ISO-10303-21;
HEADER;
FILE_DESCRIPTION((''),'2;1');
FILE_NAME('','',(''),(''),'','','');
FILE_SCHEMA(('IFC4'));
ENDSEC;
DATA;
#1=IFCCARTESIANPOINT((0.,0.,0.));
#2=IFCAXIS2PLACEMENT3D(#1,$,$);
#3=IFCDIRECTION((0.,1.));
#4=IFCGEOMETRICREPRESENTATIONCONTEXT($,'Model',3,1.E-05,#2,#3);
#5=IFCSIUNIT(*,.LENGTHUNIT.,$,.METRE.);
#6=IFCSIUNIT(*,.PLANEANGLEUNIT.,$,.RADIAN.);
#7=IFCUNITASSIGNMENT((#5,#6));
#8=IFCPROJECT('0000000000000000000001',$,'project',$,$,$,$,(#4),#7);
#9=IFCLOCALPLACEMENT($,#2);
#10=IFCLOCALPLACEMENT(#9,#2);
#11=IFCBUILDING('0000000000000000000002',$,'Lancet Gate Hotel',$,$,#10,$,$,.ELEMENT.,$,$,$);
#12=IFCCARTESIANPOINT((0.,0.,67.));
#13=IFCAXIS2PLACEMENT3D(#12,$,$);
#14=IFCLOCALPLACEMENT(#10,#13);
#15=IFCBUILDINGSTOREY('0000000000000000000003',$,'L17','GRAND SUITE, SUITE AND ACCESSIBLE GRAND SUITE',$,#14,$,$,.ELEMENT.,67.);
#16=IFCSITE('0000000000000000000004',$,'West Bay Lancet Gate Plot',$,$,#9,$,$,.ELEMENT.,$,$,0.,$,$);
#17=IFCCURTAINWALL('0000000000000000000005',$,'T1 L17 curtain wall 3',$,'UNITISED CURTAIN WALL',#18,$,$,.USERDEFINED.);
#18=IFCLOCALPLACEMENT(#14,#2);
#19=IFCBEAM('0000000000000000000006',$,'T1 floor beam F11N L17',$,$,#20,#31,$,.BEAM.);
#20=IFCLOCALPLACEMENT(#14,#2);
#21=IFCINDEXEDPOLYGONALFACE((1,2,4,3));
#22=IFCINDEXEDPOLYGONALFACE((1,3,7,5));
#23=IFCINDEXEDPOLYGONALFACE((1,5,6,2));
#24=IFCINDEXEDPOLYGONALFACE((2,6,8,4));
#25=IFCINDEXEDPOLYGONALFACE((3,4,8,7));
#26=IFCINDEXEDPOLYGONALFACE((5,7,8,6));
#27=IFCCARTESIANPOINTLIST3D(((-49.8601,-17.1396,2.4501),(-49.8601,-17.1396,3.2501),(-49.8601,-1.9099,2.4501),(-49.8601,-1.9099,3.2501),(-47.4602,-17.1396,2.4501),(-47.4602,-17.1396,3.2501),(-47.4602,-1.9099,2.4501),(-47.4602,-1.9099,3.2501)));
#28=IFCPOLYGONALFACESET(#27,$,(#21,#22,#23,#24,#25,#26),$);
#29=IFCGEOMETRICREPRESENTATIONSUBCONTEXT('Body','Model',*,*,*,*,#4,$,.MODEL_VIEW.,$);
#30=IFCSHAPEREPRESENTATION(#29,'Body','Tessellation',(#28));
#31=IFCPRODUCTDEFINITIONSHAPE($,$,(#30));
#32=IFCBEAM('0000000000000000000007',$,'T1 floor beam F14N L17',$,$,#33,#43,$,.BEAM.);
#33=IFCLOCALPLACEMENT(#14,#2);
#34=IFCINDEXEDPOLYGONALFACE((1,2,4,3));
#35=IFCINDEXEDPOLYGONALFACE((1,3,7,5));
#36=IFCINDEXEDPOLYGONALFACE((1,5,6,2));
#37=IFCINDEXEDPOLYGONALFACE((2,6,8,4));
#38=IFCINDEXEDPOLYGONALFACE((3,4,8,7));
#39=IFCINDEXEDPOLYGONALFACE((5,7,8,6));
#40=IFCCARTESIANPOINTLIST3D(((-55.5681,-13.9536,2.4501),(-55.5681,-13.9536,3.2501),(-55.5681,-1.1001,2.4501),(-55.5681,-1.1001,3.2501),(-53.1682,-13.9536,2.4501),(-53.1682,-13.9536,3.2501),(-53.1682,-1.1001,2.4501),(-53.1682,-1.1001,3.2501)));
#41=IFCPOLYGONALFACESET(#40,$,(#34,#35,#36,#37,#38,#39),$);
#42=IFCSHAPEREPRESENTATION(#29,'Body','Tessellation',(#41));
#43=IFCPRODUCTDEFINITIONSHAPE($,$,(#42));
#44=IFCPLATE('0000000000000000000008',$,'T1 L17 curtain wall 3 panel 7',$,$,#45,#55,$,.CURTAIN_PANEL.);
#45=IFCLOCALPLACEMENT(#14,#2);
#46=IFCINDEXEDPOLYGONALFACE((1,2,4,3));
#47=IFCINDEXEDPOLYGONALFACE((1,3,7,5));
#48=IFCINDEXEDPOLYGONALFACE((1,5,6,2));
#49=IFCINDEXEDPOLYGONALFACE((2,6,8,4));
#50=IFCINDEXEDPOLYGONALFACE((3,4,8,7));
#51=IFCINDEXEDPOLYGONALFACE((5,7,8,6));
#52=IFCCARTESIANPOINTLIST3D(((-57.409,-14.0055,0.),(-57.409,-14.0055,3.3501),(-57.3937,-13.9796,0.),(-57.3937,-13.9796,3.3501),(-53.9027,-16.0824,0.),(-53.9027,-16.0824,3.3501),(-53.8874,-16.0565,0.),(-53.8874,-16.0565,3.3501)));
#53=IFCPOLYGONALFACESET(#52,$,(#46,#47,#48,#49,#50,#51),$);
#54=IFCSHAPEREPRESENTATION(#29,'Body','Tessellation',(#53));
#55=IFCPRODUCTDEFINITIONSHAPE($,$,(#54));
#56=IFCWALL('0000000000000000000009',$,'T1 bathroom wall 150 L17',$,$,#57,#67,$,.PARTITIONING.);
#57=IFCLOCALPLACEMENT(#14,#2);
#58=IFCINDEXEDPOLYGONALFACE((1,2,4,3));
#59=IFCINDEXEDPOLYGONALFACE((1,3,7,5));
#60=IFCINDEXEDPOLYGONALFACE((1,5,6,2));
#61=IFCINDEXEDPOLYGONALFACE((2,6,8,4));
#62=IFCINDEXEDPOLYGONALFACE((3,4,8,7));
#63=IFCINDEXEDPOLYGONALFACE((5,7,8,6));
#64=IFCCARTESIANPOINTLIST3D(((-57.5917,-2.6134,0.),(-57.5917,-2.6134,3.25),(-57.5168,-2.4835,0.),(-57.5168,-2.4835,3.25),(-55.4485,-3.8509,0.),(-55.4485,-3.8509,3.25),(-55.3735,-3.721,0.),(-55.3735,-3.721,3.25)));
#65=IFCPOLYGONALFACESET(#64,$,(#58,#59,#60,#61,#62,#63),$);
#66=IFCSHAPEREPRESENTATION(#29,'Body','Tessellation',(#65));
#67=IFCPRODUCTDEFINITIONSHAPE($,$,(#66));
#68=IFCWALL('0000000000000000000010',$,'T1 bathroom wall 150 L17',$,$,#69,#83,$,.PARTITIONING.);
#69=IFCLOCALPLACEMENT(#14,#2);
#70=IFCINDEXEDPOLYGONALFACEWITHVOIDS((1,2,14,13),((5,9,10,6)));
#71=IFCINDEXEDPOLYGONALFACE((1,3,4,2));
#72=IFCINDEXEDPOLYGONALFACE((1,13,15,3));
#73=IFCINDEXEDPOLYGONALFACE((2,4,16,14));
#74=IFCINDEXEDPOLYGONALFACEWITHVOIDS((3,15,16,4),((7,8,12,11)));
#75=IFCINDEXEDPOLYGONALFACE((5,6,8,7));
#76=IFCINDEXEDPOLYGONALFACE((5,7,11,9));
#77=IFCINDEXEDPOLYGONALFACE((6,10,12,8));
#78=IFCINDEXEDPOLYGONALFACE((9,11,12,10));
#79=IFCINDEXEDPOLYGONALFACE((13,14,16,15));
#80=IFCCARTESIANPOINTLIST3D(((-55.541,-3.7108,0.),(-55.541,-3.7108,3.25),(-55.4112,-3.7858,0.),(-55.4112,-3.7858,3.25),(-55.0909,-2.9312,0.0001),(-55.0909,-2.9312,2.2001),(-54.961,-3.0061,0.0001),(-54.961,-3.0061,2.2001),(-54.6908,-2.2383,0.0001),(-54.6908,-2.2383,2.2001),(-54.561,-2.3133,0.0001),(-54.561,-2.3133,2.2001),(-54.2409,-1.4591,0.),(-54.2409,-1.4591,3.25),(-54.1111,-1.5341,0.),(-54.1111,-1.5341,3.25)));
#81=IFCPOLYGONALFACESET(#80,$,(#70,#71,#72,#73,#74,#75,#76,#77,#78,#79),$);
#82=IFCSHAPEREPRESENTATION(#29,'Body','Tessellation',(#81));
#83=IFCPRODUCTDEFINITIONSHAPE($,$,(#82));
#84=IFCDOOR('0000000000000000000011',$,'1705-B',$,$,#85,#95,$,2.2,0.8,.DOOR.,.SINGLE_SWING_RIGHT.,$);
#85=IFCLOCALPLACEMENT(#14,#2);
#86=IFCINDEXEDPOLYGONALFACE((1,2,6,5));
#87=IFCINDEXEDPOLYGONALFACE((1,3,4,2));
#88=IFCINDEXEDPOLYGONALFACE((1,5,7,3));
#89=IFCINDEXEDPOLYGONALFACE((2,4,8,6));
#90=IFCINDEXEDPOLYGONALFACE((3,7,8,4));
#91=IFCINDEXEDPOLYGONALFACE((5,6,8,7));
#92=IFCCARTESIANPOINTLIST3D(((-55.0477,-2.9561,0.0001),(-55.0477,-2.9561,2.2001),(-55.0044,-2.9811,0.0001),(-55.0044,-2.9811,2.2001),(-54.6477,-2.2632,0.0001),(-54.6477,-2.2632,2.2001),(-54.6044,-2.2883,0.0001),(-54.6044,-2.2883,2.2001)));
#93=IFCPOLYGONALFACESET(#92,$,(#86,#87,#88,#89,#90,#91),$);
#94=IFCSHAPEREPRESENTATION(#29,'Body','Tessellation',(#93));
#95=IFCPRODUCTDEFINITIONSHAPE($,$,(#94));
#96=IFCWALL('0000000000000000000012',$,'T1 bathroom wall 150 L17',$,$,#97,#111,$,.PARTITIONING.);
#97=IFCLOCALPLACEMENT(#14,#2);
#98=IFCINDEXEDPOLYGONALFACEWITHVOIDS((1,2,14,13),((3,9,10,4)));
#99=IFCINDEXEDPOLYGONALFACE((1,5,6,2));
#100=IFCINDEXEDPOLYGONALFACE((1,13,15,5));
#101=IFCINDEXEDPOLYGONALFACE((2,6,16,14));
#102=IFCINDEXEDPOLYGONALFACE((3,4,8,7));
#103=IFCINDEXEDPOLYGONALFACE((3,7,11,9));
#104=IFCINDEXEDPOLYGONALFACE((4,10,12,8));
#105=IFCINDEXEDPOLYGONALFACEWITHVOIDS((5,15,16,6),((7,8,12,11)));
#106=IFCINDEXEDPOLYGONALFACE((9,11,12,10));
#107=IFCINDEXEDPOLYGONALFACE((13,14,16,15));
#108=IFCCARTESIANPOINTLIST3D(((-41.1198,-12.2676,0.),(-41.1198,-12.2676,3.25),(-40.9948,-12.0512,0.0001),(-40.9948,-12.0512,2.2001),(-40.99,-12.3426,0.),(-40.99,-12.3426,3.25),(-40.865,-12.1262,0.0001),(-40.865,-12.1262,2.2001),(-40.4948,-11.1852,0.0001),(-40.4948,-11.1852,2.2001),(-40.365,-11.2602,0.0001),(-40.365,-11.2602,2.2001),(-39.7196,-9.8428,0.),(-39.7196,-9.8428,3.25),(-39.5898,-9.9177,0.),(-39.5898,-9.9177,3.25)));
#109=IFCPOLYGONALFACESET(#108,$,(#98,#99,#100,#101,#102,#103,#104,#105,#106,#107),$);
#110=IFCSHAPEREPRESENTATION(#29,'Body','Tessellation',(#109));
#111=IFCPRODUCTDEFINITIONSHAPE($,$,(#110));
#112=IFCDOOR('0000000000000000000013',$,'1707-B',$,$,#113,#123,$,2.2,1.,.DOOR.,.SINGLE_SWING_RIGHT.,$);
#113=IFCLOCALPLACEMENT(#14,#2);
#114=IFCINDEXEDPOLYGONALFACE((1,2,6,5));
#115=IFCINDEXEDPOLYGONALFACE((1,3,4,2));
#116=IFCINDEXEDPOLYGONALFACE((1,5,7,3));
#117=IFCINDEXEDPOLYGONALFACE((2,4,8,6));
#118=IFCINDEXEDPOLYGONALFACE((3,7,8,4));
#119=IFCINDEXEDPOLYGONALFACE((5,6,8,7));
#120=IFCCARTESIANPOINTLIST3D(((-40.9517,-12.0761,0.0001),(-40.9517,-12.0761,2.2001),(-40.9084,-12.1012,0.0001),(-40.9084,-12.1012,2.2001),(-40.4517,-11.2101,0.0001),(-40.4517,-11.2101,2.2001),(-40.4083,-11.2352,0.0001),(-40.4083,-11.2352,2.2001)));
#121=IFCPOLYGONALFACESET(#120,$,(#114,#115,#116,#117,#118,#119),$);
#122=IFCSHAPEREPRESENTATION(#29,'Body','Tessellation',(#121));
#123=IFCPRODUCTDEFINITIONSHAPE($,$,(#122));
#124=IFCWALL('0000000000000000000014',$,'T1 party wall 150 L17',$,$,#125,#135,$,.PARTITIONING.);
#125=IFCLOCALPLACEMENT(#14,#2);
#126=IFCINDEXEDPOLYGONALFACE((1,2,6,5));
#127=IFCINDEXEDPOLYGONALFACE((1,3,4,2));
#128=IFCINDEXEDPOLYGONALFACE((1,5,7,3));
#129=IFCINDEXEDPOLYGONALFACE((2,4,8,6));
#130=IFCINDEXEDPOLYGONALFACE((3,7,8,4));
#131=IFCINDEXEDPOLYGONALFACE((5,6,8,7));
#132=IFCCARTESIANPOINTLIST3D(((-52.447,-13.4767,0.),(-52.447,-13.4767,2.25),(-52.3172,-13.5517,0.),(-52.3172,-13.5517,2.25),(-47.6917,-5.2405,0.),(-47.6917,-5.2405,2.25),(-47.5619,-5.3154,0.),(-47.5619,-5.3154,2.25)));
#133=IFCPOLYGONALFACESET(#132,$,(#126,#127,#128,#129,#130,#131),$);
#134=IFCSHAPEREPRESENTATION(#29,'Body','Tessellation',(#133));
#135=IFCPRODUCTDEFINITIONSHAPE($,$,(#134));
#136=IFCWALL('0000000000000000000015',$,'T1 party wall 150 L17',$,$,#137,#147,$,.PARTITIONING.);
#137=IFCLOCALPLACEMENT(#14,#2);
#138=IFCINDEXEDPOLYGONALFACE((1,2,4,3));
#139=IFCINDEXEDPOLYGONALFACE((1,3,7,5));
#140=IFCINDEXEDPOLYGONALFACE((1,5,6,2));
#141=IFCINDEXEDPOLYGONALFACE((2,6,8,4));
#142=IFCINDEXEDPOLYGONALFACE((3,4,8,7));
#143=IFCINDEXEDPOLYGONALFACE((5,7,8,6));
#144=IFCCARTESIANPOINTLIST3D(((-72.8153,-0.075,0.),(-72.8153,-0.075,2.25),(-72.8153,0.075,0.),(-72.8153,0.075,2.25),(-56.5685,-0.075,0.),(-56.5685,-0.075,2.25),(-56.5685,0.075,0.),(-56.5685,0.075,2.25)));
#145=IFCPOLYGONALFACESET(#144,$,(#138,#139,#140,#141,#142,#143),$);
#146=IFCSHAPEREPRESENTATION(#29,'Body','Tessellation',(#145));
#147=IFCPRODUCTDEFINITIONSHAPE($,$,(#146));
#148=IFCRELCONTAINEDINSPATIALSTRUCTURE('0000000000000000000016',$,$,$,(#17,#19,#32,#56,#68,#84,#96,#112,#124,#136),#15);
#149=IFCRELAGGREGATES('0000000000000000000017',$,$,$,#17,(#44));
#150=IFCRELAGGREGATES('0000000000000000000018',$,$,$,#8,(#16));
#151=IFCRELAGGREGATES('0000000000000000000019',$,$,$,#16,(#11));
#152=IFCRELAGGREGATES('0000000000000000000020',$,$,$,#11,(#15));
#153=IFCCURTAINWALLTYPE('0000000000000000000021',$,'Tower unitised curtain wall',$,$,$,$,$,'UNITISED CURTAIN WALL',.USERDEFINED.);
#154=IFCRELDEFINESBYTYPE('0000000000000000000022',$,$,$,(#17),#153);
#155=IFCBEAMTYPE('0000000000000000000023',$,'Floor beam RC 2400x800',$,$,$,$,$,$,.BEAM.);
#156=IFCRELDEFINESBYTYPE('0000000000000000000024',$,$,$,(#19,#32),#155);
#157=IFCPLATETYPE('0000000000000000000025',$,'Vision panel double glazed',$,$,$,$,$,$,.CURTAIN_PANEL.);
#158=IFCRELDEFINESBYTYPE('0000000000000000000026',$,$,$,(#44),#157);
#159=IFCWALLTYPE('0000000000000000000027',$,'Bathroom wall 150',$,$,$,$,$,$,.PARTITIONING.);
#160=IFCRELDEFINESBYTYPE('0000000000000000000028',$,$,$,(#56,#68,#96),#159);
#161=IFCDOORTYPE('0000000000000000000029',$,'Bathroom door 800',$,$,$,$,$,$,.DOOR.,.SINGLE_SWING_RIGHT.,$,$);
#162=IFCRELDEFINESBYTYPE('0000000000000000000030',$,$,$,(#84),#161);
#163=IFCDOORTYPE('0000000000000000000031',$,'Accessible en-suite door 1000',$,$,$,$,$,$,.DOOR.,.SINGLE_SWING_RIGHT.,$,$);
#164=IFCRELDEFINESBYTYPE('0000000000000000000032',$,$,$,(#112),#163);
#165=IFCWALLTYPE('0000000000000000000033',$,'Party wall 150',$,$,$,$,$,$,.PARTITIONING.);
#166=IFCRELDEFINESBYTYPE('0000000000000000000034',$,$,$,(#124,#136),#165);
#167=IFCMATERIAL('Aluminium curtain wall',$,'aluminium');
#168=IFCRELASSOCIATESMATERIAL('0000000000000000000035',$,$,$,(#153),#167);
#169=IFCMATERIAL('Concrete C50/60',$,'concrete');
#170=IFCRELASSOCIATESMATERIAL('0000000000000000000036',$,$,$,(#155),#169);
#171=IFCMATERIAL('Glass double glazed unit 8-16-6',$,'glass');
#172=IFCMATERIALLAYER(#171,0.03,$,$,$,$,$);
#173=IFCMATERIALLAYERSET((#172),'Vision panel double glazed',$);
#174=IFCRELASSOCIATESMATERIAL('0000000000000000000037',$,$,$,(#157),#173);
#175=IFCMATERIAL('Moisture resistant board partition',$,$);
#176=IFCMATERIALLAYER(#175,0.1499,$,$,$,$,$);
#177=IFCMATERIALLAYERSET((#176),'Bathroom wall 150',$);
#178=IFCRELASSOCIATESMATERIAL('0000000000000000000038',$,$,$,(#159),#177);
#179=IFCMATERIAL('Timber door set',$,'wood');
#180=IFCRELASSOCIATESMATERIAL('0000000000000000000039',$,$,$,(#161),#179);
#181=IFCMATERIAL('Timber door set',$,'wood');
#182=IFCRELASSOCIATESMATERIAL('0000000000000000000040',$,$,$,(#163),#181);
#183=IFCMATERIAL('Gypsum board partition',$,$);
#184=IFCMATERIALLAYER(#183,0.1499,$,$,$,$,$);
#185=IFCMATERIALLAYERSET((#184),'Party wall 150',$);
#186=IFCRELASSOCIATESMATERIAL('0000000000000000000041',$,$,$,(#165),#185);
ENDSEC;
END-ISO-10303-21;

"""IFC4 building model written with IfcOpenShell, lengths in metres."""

from ifc_helpers import new_model, si_unit, direction, frame, frame_2d, origin, origin_2d, place, context, subcontext, project, spatial, rectangle, extrude, material, layer, layer_set, material_profile, profile_set, type_object, element, fill, aggregate, save


model = new_model("IFC4")

# Units and contexts
model_context = context("Model", 3, precision=1e-05, world=origin(), true_north=direction((0.0, 1.0)))
body_context = subcontext(model_context, "Body", "Model", "MODEL_VIEW")
ifc_project = project(units=[si_unit("LENGTHUNIT", "METRE"), si_unit("PLANEANGLEUNIT", "RADIAN")], contexts=[model_context])

# Site, building, storey
site_placement = place(None, origin())
site = spatial("IfcSite", under=ifc_project, at=site_placement, Name="West Bay Lancet Gate Plot", CompositionType="ELEMENT", RefElevation=0.0)
building_placement = place(site_placement, origin())
building = spatial("IfcBuilding", under=site, at=building_placement, Name="Lancet Gate Hotel", CompositionType="ELEMENT")
storey_placement = place(building_placement, frame((0.0, 0.0, 67.0)))
storey = spatial("IfcBuildingStorey", under=building, at=storey_placement, Name="L17", Description="GRAND SUITE, SUITE AND ACCESSIBLE GRAND SUITE", CompositionType="ELEMENT", Elevation=67.0)

# Curtain wall
ifc_material_1 = material(Name="Aluminium curtain wall", Category="aluminium")
curtain_wall_type = type_object("IfcCurtainWallType", Name="Tower unitised curtain wall", ElementType="UNITISED CURTAIN WALL", PredefinedType="USERDEFINED", material=ifc_material_1)
curtain_wall_placement = place(storey_placement, origin())
curtain_wall = element("IfcCurtainWall", 1, at=curtain_wall_placement, inside=storey, type_object=curtain_wall_type, Name="T1 L17 curtain wall 3", ObjectType="UNITISED CURTAIN WALL", PredefinedType="USERDEFINED")

# Beams
ifc_material_2 = material(Name="Concrete C50/60", Category="concrete")
ifc_material_profile_1 = material_profile(ifc_material_2, rectangle(XDim=2.3999, YDim=0.8, at=origin_2d()), Name="RC 2400x800")
ifc_profile_set_1 = profile_set([ifc_material_profile_1], Name="Concrete C50/60")
beam_type_1 = type_object("IfcBeamType", Name="Floor beam RC 2400x800", PredefinedType="BEAM", material=ifc_profile_set_1)
beam_1_placement = place(storey_placement, frame((-48.6602, -1.9099, 2.8501), z_axis=(0.0, -1.0, 0.0), x_axis=(1.0, 0.0, 0.0)))
element("IfcBeam", 2, at=beam_1_placement, inside=storey, type_object=beam_type_1, Name="T1 floor beam F11N L17", PredefinedType="BEAM", context=body_context, shape_type="SweptSolid", body=[
    extrude(rectangle(XDim=2.3999, YDim=0.8, at=origin_2d()), origin(), (0.0, 0.0, 1.0), 15.2297),
])
beam_2_placement = place(storey_placement, frame((-54.3682, -1.1001, 2.8501), z_axis=(0.0, -1.0, 0.0), x_axis=(1.0, 0.0, 0.0)))
element("IfcBeam", 3, at=beam_2_placement, inside=storey, type_object=beam_type_1, Name="T1 floor beam F14N L17", PredefinedType="BEAM", context=body_context, shape_type="SweptSolid", body=[
    extrude(rectangle(XDim=2.3999, YDim=0.8, at=origin_2d()), origin(), (0.0, 0.0, 1.0), 12.8535),
])

# Plate
ifc_material_3 = material(Name="Glass double glazed unit 8-16-6", Category="glass")
ifc_layer_1 = layer(ifc_material_3, 0.03)
ifc_layer_set_1 = layer_set([ifc_layer_1], Name="Vision panel double glazed")
plate_type = type_object("IfcPlateType", Name="Vision panel double glazed", PredefinedType="CURTAIN_PANEL", material=ifc_layer_set_1)
plate_placement = place(storey_placement, frame((-55.6482, -15.031, 0.0), z_axis=(0.0, 0.0, 1.0), x_axis=(0.860382, -0.50965, 0.0)))
plate = element("IfcPlate", 4, at=plate_placement, type_object=plate_type, Name="T1 L17 curtain wall 3 panel 7", PredefinedType="CURTAIN_PANEL", context=body_context, shape_type="SweptSolid", body=[
    extrude(rectangle(XDim=4.0752, YDim=0.03, at=origin_2d()), origin(), (0.0, 0.0, 1.0), 3.3501),
])
aggregate(curtain_wall, [plate])

# Wall
ifc_material_4 = material(Name="Moisture resistant board partition")
ifc_layer_2 = layer(ifc_material_4, 0.1499)
ifc_layer_set_2 = layer_set([ifc_layer_2], Name="Bathroom wall 150")
wall_type_1 = type_object("IfcWallType", Name="Bathroom wall 150", PredefinedType="PARTITIONING", material=ifc_layer_set_2)
wall_1_placement = place(storey_placement, frame((-55.4111, -3.7859, 0.0), z_axis=(0.0, 0.0, 1.0), x_axis=(-0.866007, 0.500033, 0.0)))
element("IfcWall", 5, at=wall_1_placement, inside=storey, type_object=wall_type_1, Name="T1 bathroom wall 150 L17", PredefinedType="PARTITIONING", context=body_context, shape_type="SweptSolid", body=[
    extrude(rectangle(XDim=2.4749, YDim=0.1499, at=frame_2d((1.2373, 0.0))), origin(), (0.0, 0.0, 1.0), 3.25),
])

# Walls, openings, doors
wall_2_placement = place(storey_placement, frame((-54.176, -1.4966, 0.0), z_axis=(0.0, 0.0, 1.0), x_axis=(-0.500007, -0.866021, 0.0)))
wall_2 = element("IfcWall", 6, at=wall_2_placement, inside=storey, type_object=wall_type_1, Name="T1 bathroom wall 150 L17", PredefinedType="PARTITIONING", context=body_context, shape_type="SweptSolid", body=[
    extrude(rectangle(XDim=2.6001, YDim=0.1499, at=frame_2d((1.3, 0.0))), origin(), (0.0, 0.0, 1.0), 3.25),
])
opening_1_placement = place(wall_2_placement, frame((0.8999, 0.0, 0.0)))
opening_1 = element("IfcOpeningElement", 7, at=opening_1_placement, cuts=wall_2, PredefinedType="OPENING", context=body_context, shape_type="SweptSolid", body=[
    extrude(rectangle(XDim=0.8, YDim=2.2, at=frame_2d((0.3999, 1.1001))), frame((0.0, 0.085, 0.0), z_axis=(0.0, -1.0, 0.0), x_axis=(1.0, 0.0, 0.0)), (0.0, 0.0, 1.0), 0.1699),
])
ifc_material_5 = material(Name="Timber door set", Category="wood")
door_type_1 = type_object("IfcDoorType", Name="Bathroom door 800", OperationType="SINGLE_SWING_RIGHT", PredefinedType="DOOR", material=ifc_material_5)
door_1_placement = place(opening_1_placement, origin())
door_1 = element("IfcDoor", 8, at=door_1_placement, inside=storey, type_object=door_type_1, Name="1705-B", OperationType="SINGLE_SWING_RIGHT", OverallHeight=2.2, OverallWidth=0.8, PredefinedType="DOOR", context=body_context, shape_type="SweptSolid", body=[
    extrude(rectangle(XDim=0.8, YDim=2.2, at=frame_2d((0.3999, 1.1001))), frame((0.0, 0.0249, 0.0), z_axis=(0.0, -1.0, 0.0), x_axis=(1.0, 0.0, 0.0)), (0.0, 0.0, 1.0), 0.05),
])
fill(opening_1, door_1)
wall_3_placement = place(storey_placement, frame((-39.6548, -9.8804, 0.0), z_axis=(0.0, 0.0, 1.0), x_axis=(-0.50005, -0.865997, 0.0)))
wall_3 = element("IfcWall", 9, at=wall_3_placement, inside=storey, type_object=wall_type_1, Name="T1 bathroom wall 150 L17", PredefinedType="PARTITIONING", context=body_context, shape_type="SweptSolid", body=[
    extrude(rectangle(XDim=2.8, YDim=0.1499, at=frame_2d((1.3999, 0.0))), origin(), (0.0, 0.0, 1.0), 3.25),
])
opening_2_placement = place(wall_3_placement, frame((1.55, 0.0, 0.0)))
opening_2 = element("IfcOpeningElement", 10, at=opening_2_placement, cuts=wall_3, PredefinedType="OPENING", context=body_context, shape_type="SweptSolid", body=[
    extrude(rectangle(XDim=1.0, YDim=2.2, at=frame_2d((0.5, 1.1001))), frame((0.0, 0.085, 0.0), z_axis=(0.0, -1.0, 0.0), x_axis=(1.0, 0.0, 0.0)), (0.0, 0.0, 1.0), 0.1699),
])
ifc_material_6 = material(Name="Timber door set", Category="wood")
door_type_2 = type_object("IfcDoorType", Name="Accessible en-suite door 1000", OperationType="SINGLE_SWING_RIGHT", PredefinedType="DOOR", material=ifc_material_6)
door_2_placement = place(opening_2_placement, origin())
door_2 = element("IfcDoor", 11, at=door_2_placement, inside=storey, type_object=door_type_2, Name="1707-B", OperationType="SINGLE_SWING_RIGHT", OverallHeight=2.2, OverallWidth=1.0, PredefinedType="DOOR", context=body_context, shape_type="SweptSolid", body=[
    extrude(rectangle(XDim=1.0, YDim=2.2, at=frame_2d((0.5, 1.1001))), frame((0.0, 0.0249, 0.0), z_axis=(0.0, -1.0, 0.0), x_axis=(1.0, 0.0, 0.0)), (0.0, 0.0, 1.0), 0.05),
])
fill(opening_2, door_2)

# Walls
ifc_material_7 = material(Name="Gypsum board partition")
ifc_layer_3 = layer(ifc_material_7, 0.1499)
ifc_layer_set_3 = layer_set([ifc_layer_3], Name="Party wall 150")
wall_type_2 = type_object("IfcWallType", Name="Party wall 150", PredefinedType="PARTITIONING", material=ifc_layer_set_3)
wall_4_placement = place(storey_placement, frame((-47.6267, -5.2778, 0.0), z_axis=(0.0, 0.0, 1.0), x_axis=(-0.50001, -0.86602, 0.0)))
element("IfcWall", 12, at=wall_4_placement, inside=storey, type_object=wall_type_2, Name="T1 party wall 150 L17", PredefinedType="PARTITIONING", context=body_context, shape_type="SweptSolid", body=[
    extrude(rectangle(XDim=9.5105, YDim=0.1499, at=frame_2d((4.7554, 0.0))), origin(), (0.0, 0.0, 1.0), 2.25),
])
wall_5_placement = place(storey_placement, frame((-56.5684, 0.0, 0.0), z_axis=(0.0, 0.0, 1.0), x_axis=(-1.0, 0.0, 0.0)))
element("IfcWall", 13, at=wall_5_placement, inside=storey, type_object=wall_type_2, Name="T1 party wall 150 L17", PredefinedType="PARTITIONING", context=body_context, shape_type="SweptSolid", body=[
    extrude(rectangle(XDim=16.2468, YDim=0.1499, at=frame_2d((8.1235, 0.0))), origin(), (0.0, 0.0, 1.0), 2.25),
])

save(model, "model.ifc")
